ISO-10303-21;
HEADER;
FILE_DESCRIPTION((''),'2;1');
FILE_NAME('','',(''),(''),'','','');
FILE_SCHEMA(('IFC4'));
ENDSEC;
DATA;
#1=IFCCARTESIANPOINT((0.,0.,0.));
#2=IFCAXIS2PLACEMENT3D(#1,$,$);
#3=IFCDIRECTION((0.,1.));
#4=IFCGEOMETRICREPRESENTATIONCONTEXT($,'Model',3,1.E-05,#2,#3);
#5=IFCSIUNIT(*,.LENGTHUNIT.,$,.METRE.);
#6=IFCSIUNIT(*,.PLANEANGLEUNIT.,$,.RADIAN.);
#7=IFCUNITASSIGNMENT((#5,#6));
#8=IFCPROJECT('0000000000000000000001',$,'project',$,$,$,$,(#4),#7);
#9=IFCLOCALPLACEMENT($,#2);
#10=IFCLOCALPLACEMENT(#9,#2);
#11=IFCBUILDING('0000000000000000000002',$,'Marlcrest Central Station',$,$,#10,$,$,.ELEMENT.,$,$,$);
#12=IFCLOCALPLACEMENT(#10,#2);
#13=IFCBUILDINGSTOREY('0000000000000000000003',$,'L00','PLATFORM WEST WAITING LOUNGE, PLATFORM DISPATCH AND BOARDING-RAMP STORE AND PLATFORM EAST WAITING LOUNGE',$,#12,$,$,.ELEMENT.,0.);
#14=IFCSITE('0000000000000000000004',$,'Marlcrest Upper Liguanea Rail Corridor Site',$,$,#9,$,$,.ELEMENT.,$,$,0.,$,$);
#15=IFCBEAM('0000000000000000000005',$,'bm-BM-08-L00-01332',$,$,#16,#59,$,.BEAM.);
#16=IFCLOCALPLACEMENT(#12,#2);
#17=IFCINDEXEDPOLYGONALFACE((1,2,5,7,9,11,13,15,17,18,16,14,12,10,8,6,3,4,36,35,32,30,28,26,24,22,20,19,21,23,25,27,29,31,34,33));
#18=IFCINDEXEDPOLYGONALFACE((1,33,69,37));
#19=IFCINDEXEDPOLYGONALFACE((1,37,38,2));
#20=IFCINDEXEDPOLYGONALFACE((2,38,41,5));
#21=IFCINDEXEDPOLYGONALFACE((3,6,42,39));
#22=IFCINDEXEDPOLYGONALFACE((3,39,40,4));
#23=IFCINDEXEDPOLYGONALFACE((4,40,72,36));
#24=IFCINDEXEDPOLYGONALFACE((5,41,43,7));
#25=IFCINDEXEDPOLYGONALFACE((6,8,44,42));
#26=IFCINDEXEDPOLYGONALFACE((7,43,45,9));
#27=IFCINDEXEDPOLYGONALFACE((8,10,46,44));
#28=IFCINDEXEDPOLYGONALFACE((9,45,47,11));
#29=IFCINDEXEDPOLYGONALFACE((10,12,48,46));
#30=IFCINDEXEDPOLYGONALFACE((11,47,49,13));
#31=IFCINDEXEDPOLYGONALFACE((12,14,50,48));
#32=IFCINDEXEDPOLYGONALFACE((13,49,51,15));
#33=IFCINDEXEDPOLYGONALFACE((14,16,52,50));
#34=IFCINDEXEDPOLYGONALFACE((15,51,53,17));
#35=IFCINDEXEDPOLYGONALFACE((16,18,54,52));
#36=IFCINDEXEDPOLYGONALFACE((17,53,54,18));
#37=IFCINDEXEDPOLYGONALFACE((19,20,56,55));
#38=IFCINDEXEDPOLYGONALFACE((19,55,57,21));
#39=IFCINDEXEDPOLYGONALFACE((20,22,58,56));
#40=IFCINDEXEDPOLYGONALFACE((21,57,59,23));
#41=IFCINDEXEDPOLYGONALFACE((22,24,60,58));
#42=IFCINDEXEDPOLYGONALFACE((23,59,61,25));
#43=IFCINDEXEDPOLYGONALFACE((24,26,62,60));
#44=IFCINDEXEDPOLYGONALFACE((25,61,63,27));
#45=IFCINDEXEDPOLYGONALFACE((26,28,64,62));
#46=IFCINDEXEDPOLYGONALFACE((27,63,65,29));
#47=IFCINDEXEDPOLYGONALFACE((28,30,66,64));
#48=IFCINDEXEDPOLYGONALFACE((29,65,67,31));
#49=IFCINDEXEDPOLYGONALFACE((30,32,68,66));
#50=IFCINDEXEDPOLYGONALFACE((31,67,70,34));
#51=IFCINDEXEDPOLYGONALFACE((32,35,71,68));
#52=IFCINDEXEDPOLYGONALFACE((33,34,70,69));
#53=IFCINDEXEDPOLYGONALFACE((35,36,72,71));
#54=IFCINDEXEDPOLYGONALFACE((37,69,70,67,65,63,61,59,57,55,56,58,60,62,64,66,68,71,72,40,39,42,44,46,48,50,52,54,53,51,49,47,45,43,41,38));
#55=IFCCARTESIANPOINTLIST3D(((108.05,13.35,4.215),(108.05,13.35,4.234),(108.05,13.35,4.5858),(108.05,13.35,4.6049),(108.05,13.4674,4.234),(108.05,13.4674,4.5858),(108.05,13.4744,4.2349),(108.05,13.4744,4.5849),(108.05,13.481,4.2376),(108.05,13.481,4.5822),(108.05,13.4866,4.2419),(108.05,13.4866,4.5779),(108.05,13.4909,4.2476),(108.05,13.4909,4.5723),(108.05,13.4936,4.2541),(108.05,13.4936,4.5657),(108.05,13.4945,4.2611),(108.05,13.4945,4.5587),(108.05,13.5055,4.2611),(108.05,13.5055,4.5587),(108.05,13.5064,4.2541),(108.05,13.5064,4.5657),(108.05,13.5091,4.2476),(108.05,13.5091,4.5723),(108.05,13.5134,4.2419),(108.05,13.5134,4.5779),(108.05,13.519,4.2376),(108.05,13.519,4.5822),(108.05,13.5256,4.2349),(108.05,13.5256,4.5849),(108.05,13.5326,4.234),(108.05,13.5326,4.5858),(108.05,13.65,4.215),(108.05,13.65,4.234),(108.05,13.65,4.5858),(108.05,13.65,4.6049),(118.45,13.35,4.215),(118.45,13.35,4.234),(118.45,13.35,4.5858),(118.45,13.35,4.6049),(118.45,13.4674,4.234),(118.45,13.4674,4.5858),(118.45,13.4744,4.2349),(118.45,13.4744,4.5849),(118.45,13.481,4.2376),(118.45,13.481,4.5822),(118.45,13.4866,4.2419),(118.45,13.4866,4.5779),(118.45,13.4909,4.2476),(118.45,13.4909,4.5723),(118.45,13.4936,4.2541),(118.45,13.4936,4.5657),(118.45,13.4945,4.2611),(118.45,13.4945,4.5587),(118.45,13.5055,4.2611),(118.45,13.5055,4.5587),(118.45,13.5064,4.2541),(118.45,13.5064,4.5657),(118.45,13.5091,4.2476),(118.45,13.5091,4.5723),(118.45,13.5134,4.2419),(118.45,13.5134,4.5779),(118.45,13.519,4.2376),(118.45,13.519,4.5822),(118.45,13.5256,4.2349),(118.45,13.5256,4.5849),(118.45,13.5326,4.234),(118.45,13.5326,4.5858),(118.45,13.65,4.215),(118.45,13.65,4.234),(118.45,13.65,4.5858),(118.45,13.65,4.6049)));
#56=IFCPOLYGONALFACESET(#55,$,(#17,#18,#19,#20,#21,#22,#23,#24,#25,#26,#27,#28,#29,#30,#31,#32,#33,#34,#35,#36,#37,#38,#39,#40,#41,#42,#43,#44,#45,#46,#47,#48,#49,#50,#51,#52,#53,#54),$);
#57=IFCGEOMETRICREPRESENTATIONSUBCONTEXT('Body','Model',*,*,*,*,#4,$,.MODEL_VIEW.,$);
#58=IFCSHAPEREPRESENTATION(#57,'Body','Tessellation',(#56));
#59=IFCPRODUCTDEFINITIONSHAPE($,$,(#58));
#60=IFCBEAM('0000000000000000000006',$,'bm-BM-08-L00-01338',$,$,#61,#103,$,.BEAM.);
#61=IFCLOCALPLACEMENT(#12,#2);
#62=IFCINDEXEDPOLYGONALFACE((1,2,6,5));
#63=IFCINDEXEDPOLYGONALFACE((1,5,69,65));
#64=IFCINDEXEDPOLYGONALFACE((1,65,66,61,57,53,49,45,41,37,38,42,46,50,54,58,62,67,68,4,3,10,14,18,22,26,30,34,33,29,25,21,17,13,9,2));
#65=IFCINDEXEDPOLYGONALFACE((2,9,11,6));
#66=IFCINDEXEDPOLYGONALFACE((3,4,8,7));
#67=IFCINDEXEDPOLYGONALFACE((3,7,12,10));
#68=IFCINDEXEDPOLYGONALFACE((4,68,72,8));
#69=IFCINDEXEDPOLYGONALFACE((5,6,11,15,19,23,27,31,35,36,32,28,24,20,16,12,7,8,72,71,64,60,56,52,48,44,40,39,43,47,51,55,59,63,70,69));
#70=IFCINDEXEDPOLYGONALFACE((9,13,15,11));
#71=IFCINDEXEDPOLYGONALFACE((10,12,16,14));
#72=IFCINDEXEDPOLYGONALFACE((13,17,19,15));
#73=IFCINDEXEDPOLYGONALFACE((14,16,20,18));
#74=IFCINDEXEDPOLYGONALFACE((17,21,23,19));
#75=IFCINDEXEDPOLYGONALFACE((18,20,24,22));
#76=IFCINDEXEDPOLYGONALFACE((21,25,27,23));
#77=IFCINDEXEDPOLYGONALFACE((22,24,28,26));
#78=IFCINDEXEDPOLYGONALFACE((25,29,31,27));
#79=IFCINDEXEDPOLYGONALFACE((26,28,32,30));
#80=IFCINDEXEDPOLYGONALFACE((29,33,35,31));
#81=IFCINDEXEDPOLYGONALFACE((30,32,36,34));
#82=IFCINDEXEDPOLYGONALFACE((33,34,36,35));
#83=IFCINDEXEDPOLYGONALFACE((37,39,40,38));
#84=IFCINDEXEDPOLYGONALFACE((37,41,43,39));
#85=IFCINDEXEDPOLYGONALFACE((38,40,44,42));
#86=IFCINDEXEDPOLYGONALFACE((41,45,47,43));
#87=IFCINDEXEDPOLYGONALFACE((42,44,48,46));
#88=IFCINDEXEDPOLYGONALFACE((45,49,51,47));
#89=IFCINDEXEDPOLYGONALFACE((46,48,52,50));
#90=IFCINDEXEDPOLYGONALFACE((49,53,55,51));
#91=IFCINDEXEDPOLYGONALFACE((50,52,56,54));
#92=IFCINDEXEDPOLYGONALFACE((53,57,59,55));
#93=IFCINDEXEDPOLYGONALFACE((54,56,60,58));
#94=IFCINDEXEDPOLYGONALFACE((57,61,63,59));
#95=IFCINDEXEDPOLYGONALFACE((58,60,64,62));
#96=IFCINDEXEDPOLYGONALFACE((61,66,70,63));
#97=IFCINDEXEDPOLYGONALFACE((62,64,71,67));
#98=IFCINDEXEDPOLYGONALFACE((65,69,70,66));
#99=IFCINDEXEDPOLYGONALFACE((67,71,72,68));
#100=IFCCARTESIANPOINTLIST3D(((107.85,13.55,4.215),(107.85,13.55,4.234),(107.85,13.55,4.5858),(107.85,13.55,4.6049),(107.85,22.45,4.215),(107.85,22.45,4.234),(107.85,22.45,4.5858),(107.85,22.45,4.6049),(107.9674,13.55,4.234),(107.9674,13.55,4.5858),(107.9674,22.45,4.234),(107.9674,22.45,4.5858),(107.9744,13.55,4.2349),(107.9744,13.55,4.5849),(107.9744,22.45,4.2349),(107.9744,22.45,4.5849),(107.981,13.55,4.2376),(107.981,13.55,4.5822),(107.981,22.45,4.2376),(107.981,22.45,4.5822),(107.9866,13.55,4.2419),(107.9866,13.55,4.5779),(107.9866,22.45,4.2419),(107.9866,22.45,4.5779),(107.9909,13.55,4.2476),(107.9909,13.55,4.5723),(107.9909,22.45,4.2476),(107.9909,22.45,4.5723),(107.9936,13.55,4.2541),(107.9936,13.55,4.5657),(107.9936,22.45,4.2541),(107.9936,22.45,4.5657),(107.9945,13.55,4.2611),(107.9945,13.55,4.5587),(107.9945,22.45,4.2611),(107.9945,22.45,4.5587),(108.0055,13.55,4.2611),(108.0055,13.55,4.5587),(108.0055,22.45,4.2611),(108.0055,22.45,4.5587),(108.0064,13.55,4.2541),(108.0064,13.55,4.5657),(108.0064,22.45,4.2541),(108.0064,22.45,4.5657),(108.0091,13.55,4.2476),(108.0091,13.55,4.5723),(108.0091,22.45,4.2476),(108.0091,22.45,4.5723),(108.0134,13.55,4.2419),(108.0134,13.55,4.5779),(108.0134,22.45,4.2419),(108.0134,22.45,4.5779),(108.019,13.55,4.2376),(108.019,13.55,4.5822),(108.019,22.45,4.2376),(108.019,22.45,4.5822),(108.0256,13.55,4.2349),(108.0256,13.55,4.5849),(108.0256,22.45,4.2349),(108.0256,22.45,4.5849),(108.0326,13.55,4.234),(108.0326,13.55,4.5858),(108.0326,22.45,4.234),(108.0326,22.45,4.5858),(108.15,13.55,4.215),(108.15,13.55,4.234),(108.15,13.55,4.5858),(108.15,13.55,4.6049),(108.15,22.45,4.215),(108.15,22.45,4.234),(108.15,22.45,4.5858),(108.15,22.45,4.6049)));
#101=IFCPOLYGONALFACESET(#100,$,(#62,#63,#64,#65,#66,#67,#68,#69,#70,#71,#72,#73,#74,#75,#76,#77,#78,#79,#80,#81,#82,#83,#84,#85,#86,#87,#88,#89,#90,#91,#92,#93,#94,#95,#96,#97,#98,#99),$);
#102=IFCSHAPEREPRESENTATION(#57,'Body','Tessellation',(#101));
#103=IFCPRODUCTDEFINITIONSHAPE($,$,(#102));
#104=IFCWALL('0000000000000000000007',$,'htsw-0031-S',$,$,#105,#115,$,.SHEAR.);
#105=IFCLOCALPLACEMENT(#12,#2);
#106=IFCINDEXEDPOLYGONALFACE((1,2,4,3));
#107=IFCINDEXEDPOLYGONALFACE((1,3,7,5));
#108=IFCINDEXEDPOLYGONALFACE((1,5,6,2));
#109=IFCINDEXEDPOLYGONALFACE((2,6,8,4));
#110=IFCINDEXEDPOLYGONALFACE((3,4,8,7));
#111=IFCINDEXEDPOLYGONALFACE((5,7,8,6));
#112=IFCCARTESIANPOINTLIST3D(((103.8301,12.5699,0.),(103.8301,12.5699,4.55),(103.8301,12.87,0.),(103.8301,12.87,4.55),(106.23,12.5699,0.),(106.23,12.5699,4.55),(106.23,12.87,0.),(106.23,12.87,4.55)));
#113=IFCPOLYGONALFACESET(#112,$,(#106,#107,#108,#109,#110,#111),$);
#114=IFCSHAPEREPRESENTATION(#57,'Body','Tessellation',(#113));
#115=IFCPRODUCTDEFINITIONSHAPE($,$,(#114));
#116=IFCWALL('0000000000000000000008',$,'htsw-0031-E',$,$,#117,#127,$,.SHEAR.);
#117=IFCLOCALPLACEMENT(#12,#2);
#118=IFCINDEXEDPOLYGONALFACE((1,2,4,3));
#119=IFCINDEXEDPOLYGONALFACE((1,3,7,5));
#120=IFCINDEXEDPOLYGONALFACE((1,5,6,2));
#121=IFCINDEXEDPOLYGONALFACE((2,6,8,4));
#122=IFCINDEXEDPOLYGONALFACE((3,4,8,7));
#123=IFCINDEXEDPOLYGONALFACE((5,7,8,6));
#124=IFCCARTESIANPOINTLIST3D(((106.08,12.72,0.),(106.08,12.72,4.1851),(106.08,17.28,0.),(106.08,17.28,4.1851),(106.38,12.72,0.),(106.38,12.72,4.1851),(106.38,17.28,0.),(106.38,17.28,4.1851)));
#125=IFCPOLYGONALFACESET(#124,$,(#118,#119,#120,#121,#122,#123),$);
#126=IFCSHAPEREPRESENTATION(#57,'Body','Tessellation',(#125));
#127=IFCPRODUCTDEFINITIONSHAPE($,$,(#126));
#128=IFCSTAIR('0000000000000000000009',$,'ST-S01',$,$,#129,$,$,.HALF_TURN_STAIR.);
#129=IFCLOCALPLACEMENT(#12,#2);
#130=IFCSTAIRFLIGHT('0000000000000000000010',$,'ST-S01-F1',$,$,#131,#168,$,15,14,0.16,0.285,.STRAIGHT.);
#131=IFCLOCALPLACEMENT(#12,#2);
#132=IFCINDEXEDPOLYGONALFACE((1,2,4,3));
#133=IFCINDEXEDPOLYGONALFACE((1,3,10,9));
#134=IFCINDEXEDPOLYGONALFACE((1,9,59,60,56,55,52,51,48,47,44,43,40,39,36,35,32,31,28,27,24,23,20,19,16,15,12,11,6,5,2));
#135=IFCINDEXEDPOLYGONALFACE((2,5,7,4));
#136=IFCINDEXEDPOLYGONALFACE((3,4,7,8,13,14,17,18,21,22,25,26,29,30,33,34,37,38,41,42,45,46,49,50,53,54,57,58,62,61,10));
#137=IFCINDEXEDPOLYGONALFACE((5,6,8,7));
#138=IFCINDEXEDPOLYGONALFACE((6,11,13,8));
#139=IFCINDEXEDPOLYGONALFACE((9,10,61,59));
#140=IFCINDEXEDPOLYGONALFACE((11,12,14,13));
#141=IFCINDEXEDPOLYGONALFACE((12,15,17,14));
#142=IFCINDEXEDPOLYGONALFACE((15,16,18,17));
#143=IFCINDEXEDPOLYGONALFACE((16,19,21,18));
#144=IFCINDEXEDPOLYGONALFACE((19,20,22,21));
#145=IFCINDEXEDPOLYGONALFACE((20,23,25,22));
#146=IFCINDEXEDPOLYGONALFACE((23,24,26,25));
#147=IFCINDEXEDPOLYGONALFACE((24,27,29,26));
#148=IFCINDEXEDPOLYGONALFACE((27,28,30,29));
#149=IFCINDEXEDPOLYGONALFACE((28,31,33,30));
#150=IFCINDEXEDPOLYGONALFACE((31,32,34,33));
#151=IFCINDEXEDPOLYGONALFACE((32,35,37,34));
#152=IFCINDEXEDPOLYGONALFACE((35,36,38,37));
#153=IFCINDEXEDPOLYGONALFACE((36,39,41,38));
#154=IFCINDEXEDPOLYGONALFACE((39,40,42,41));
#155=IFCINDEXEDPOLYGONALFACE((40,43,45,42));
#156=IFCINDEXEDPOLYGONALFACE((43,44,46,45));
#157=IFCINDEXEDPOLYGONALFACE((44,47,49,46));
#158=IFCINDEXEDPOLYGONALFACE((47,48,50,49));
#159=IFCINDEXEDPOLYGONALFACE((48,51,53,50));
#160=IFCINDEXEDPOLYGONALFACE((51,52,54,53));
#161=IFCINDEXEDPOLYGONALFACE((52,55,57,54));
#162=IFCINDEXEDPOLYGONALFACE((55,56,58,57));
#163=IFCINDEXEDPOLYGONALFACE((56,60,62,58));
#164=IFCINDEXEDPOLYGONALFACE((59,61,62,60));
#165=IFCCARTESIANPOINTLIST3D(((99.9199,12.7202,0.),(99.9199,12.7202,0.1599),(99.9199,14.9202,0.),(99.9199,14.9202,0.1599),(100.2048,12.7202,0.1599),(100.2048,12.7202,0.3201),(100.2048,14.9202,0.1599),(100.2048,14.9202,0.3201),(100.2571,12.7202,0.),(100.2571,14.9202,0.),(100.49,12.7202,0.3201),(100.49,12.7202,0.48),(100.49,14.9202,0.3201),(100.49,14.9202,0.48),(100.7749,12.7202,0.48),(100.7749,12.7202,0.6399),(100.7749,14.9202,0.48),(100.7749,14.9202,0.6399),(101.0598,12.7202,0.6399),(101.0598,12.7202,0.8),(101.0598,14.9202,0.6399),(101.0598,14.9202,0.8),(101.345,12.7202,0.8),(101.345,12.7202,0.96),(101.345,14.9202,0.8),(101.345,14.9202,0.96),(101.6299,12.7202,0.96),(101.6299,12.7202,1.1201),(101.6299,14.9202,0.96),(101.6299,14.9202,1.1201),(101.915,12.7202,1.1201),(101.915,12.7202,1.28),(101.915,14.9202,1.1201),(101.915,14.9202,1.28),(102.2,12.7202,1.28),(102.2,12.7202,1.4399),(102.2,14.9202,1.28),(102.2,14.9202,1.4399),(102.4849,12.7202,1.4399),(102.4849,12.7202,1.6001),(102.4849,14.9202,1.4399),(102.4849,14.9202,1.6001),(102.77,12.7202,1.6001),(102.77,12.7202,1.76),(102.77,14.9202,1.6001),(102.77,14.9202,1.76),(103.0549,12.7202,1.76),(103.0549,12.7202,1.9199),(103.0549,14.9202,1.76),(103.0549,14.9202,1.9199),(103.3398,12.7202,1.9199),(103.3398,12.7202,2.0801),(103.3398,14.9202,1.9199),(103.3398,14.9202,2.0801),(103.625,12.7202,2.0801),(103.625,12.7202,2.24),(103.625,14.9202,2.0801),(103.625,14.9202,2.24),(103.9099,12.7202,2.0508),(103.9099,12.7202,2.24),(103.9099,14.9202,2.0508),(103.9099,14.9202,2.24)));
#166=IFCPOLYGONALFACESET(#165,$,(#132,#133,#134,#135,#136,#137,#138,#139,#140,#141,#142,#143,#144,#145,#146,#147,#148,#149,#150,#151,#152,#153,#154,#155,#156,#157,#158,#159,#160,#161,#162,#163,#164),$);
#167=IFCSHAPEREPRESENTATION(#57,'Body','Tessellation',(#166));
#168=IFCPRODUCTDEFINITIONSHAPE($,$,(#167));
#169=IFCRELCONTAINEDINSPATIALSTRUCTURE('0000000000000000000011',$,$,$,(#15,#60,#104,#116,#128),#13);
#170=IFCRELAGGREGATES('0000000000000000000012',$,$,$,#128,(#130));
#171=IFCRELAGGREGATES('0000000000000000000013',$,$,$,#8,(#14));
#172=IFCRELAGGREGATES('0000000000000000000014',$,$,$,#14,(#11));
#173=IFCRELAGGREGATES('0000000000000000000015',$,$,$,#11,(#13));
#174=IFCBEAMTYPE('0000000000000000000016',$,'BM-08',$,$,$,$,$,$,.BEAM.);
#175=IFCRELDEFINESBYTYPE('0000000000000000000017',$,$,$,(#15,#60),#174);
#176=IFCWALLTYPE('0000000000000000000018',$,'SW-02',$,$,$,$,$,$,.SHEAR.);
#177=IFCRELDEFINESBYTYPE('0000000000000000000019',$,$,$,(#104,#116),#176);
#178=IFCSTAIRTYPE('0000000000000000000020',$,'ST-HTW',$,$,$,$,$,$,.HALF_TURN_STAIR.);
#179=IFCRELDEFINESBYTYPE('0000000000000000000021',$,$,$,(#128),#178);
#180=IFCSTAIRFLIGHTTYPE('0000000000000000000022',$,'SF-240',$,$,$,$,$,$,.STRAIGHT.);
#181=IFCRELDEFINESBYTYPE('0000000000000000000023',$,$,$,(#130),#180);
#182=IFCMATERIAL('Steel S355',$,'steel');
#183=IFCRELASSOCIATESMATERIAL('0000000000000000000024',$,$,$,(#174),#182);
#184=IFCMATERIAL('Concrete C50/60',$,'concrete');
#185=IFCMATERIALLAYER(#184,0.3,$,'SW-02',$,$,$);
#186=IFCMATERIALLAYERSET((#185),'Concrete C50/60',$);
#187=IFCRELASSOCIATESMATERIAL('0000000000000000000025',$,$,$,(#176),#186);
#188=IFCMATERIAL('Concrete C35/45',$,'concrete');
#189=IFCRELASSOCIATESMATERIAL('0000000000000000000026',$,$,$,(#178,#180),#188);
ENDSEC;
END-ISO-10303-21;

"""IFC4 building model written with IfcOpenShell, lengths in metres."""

from ifc_helpers import new_model, si_unit, direction, frame, frame_2d, origin, origin_2d, place, context, subcontext, project, spatial, polyline, rectangle, i_section, outline, extrude, material, layer, layer_set, material_profile, profile_set, type_object, element, aggregate, save


model = new_model("IFC4")

# Units and contexts
model_context = context("Model", 3, precision=1e-05, world=origin(), true_north=direction((0.0, 1.0)))
body_context = subcontext(model_context, "Body", "Model", "MODEL_VIEW")
ifc_project = project(units=[si_unit("LENGTHUNIT", "METRE"), si_unit("PLANEANGLEUNIT", "RADIAN")], contexts=[model_context])

# Site, building, storey
site_placement = place(None, origin())
site = spatial("IfcSite", under=ifc_project, at=site_placement, Name="Marlcrest Upper Liguanea Rail Corridor Site", CompositionType="ELEMENT", RefElevation=0.0)
building_placement = place(site_placement, origin())
building = spatial("IfcBuilding", under=site, at=building_placement, Name="Marlcrest Central Station", CompositionType="ELEMENT")
storey_placement = place(building_placement, origin())
storey = spatial("IfcBuildingStorey", under=building, at=storey_placement, Name="L00", Description="PLATFORM WEST WAITING LOUNGE, PLATFORM DISPATCH AND BOARDING-RAMP STORE AND PLATFORM EAST WAITING LOUNGE", CompositionType="ELEMENT", Elevation=0.0)

# Shared definitions
ifc_material_1 = material(Name="Concrete C35/45", Category="concrete")

# Shared definitions
ifc_material_2 = material(Name="Steel S355", Category="steel")

# Beams
ifc_material_profile_1 = material_profile(ifc_material_2, i_section(OverallWidth=0.3, OverallDepth=0.3899, WebThickness=0.011, FlangeThickness=0.019, FilletRadius=0.0271, at=origin_2d()), Name="HEA 400")
ifc_profile_set_1 = profile_set([ifc_material_profile_1], Name="Steel S355")
beam_type = type_object("IfcBeamType", Name="BM-08", PredefinedType="BEAM", material=ifc_profile_set_1)
beam_1_placement = place(storey_placement, frame((108.05, 13.5, 4.4099), z_axis=(1.0, 0.0, 0.0), x_axis=(0.0, 1.0, 0.0)))
element("IfcBeam", 1, at=beam_1_placement, inside=storey, type_object=beam_type, Name="bm-BM-08-L00-01332", PredefinedType="BEAM", context=body_context, shape_type="SweptSolid", body=[
    extrude(i_section(OverallWidth=0.3, OverallDepth=0.3899, WebThickness=0.011, FlangeThickness=0.019, FilletRadius=0.0271, at=origin_2d()), origin(), (0.0, 0.0, 1.0), 10.3999),
])
beam_2_placement = place(storey_placement, frame((108.0, 13.55, 4.4099), z_axis=(0.0, 1.0, 0.0), x_axis=(-1.0, 0.0, 0.0)))
element("IfcBeam", 2, at=beam_2_placement, inside=storey, type_object=beam_type, Name="bm-BM-08-L00-01338", PredefinedType="BEAM", context=body_context, shape_type="SweptSolid", body=[
    extrude(i_section(OverallWidth=0.3, OverallDepth=0.3899, WebThickness=0.011, FlangeThickness=0.019, FilletRadius=0.0271, at=origin_2d()), origin(), (0.0, 0.0, 1.0), 8.8999),
])

# Walls
ifc_material_3 = material(Name="Concrete C50/60", Category="concrete")
ifc_layer = layer(ifc_material_3, 0.3, Name="SW-02")
ifc_layer_set = layer_set([ifc_layer], Name="Concrete C50/60")
wall_type = type_object("IfcWallType", Name="SW-02", PredefinedType="SHEAR", material=ifc_layer_set)
wall_1_placement = place(storey_placement, frame((103.8301, 12.72, 0.0), z_axis=(0.0, 0.0, 1.0), x_axis=(1.0, 0.0, 0.0)))
element("IfcWall", 3, at=wall_1_placement, inside=storey, type_object=wall_type, Name="htsw-0031-S", PredefinedType="SHEAR", context=body_context, shape_type="SweptSolid", body=[
    extrude(rectangle(XDim=2.3999, YDim=0.3, at=frame_2d((1.2, 0.0))), origin(), (0.0, 0.0, 1.0), 4.55),
])
wall_2_placement = place(storey_placement, frame((106.23, 12.72, 0.0), z_axis=(0.0, 0.0, 1.0), x_axis=(0.0, 1.0, 0.0)))
element("IfcWall", 4, at=wall_2_placement, inside=storey, type_object=wall_type, Name="htsw-0031-E", PredefinedType="SHEAR", context=body_context, shape_type="SweptSolid", body=[
    extrude(rectangle(XDim=4.5601, YDim=0.3, at=frame_2d((2.28, 0.0))), origin(), (0.0, 0.0, 1.0), 4.1851),
])

# Stair, stair flight
stair_type = type_object("IfcStairType", Name="ST-HTW", PredefinedType="HALF_TURN_STAIR", material=ifc_material_1)
stair_placement = place(storey_placement, origin())
stair = element("IfcStair", 5, at=stair_placement, inside=storey, type_object=stair_type, Name="ST-S01", PredefinedType="HALF_TURN_STAIR")
stair_flight_type = type_object("IfcStairFlightType", Name="SF-240", PredefinedType="STRAIGHT", material=ifc_material_1)
stair_flight_1_placement = place(storey_placement, frame((99.9199, 13.8201, 0.0), z_axis=(0.0, 0.0, 1.0), x_axis=(1.0, 0.0, 0.0)))
stair_flight_1 = element("IfcStairFlight", 6, at=stair_flight_1_placement, type_object=stair_flight_type, Name="ST-S01-F1", NumberOfRisers=15, NumberOfTreads=14, PredefinedType="STRAIGHT", RiserHeight=0.16, TreadLength=0.285, context=body_context, shape_type="SweptSolid", body=[
    extrude(outline(polyline([(0.0, 0.0), (0.0, 0.1599), (0.2849, 0.1599), (0.2849, 0.3201), (0.5701, 0.3201), (0.5701, 0.48), (0.855, 0.48), (0.855, 0.6399), (1.1399, 0.6399), (1.1399, 0.8), (1.425, 0.8), (1.425, 0.96), (1.71, 0.96), (1.71, 1.1201), (1.9951, 1.1201), (1.9951, 1.28), (2.28, 1.28), (2.28, 1.4399), (2.5649, 1.4399), (2.5649, 1.6001), (2.8501, 1.6001), (2.8501, 1.76), (3.135, 1.76), (3.135, 1.9199), (3.4199, 1.9199), (3.4199, 2.0801), (3.7051, 2.0801), (3.7051, 2.24), (3.99, 2.24), (3.99, 2.3999), (3.99, 2.0508), (0.3372, 0.0), (0.0, 0.0)])), frame((0.0, 1.1001, 0.0), z_axis=(0.0, -1.0, 0.0), x_axis=(1.0, 0.0, 0.0)), (0.0, 0.0, 1.0), 2.2),
])
aggregate(stair, [stair_flight_1])

save(model, "model.ifc")
